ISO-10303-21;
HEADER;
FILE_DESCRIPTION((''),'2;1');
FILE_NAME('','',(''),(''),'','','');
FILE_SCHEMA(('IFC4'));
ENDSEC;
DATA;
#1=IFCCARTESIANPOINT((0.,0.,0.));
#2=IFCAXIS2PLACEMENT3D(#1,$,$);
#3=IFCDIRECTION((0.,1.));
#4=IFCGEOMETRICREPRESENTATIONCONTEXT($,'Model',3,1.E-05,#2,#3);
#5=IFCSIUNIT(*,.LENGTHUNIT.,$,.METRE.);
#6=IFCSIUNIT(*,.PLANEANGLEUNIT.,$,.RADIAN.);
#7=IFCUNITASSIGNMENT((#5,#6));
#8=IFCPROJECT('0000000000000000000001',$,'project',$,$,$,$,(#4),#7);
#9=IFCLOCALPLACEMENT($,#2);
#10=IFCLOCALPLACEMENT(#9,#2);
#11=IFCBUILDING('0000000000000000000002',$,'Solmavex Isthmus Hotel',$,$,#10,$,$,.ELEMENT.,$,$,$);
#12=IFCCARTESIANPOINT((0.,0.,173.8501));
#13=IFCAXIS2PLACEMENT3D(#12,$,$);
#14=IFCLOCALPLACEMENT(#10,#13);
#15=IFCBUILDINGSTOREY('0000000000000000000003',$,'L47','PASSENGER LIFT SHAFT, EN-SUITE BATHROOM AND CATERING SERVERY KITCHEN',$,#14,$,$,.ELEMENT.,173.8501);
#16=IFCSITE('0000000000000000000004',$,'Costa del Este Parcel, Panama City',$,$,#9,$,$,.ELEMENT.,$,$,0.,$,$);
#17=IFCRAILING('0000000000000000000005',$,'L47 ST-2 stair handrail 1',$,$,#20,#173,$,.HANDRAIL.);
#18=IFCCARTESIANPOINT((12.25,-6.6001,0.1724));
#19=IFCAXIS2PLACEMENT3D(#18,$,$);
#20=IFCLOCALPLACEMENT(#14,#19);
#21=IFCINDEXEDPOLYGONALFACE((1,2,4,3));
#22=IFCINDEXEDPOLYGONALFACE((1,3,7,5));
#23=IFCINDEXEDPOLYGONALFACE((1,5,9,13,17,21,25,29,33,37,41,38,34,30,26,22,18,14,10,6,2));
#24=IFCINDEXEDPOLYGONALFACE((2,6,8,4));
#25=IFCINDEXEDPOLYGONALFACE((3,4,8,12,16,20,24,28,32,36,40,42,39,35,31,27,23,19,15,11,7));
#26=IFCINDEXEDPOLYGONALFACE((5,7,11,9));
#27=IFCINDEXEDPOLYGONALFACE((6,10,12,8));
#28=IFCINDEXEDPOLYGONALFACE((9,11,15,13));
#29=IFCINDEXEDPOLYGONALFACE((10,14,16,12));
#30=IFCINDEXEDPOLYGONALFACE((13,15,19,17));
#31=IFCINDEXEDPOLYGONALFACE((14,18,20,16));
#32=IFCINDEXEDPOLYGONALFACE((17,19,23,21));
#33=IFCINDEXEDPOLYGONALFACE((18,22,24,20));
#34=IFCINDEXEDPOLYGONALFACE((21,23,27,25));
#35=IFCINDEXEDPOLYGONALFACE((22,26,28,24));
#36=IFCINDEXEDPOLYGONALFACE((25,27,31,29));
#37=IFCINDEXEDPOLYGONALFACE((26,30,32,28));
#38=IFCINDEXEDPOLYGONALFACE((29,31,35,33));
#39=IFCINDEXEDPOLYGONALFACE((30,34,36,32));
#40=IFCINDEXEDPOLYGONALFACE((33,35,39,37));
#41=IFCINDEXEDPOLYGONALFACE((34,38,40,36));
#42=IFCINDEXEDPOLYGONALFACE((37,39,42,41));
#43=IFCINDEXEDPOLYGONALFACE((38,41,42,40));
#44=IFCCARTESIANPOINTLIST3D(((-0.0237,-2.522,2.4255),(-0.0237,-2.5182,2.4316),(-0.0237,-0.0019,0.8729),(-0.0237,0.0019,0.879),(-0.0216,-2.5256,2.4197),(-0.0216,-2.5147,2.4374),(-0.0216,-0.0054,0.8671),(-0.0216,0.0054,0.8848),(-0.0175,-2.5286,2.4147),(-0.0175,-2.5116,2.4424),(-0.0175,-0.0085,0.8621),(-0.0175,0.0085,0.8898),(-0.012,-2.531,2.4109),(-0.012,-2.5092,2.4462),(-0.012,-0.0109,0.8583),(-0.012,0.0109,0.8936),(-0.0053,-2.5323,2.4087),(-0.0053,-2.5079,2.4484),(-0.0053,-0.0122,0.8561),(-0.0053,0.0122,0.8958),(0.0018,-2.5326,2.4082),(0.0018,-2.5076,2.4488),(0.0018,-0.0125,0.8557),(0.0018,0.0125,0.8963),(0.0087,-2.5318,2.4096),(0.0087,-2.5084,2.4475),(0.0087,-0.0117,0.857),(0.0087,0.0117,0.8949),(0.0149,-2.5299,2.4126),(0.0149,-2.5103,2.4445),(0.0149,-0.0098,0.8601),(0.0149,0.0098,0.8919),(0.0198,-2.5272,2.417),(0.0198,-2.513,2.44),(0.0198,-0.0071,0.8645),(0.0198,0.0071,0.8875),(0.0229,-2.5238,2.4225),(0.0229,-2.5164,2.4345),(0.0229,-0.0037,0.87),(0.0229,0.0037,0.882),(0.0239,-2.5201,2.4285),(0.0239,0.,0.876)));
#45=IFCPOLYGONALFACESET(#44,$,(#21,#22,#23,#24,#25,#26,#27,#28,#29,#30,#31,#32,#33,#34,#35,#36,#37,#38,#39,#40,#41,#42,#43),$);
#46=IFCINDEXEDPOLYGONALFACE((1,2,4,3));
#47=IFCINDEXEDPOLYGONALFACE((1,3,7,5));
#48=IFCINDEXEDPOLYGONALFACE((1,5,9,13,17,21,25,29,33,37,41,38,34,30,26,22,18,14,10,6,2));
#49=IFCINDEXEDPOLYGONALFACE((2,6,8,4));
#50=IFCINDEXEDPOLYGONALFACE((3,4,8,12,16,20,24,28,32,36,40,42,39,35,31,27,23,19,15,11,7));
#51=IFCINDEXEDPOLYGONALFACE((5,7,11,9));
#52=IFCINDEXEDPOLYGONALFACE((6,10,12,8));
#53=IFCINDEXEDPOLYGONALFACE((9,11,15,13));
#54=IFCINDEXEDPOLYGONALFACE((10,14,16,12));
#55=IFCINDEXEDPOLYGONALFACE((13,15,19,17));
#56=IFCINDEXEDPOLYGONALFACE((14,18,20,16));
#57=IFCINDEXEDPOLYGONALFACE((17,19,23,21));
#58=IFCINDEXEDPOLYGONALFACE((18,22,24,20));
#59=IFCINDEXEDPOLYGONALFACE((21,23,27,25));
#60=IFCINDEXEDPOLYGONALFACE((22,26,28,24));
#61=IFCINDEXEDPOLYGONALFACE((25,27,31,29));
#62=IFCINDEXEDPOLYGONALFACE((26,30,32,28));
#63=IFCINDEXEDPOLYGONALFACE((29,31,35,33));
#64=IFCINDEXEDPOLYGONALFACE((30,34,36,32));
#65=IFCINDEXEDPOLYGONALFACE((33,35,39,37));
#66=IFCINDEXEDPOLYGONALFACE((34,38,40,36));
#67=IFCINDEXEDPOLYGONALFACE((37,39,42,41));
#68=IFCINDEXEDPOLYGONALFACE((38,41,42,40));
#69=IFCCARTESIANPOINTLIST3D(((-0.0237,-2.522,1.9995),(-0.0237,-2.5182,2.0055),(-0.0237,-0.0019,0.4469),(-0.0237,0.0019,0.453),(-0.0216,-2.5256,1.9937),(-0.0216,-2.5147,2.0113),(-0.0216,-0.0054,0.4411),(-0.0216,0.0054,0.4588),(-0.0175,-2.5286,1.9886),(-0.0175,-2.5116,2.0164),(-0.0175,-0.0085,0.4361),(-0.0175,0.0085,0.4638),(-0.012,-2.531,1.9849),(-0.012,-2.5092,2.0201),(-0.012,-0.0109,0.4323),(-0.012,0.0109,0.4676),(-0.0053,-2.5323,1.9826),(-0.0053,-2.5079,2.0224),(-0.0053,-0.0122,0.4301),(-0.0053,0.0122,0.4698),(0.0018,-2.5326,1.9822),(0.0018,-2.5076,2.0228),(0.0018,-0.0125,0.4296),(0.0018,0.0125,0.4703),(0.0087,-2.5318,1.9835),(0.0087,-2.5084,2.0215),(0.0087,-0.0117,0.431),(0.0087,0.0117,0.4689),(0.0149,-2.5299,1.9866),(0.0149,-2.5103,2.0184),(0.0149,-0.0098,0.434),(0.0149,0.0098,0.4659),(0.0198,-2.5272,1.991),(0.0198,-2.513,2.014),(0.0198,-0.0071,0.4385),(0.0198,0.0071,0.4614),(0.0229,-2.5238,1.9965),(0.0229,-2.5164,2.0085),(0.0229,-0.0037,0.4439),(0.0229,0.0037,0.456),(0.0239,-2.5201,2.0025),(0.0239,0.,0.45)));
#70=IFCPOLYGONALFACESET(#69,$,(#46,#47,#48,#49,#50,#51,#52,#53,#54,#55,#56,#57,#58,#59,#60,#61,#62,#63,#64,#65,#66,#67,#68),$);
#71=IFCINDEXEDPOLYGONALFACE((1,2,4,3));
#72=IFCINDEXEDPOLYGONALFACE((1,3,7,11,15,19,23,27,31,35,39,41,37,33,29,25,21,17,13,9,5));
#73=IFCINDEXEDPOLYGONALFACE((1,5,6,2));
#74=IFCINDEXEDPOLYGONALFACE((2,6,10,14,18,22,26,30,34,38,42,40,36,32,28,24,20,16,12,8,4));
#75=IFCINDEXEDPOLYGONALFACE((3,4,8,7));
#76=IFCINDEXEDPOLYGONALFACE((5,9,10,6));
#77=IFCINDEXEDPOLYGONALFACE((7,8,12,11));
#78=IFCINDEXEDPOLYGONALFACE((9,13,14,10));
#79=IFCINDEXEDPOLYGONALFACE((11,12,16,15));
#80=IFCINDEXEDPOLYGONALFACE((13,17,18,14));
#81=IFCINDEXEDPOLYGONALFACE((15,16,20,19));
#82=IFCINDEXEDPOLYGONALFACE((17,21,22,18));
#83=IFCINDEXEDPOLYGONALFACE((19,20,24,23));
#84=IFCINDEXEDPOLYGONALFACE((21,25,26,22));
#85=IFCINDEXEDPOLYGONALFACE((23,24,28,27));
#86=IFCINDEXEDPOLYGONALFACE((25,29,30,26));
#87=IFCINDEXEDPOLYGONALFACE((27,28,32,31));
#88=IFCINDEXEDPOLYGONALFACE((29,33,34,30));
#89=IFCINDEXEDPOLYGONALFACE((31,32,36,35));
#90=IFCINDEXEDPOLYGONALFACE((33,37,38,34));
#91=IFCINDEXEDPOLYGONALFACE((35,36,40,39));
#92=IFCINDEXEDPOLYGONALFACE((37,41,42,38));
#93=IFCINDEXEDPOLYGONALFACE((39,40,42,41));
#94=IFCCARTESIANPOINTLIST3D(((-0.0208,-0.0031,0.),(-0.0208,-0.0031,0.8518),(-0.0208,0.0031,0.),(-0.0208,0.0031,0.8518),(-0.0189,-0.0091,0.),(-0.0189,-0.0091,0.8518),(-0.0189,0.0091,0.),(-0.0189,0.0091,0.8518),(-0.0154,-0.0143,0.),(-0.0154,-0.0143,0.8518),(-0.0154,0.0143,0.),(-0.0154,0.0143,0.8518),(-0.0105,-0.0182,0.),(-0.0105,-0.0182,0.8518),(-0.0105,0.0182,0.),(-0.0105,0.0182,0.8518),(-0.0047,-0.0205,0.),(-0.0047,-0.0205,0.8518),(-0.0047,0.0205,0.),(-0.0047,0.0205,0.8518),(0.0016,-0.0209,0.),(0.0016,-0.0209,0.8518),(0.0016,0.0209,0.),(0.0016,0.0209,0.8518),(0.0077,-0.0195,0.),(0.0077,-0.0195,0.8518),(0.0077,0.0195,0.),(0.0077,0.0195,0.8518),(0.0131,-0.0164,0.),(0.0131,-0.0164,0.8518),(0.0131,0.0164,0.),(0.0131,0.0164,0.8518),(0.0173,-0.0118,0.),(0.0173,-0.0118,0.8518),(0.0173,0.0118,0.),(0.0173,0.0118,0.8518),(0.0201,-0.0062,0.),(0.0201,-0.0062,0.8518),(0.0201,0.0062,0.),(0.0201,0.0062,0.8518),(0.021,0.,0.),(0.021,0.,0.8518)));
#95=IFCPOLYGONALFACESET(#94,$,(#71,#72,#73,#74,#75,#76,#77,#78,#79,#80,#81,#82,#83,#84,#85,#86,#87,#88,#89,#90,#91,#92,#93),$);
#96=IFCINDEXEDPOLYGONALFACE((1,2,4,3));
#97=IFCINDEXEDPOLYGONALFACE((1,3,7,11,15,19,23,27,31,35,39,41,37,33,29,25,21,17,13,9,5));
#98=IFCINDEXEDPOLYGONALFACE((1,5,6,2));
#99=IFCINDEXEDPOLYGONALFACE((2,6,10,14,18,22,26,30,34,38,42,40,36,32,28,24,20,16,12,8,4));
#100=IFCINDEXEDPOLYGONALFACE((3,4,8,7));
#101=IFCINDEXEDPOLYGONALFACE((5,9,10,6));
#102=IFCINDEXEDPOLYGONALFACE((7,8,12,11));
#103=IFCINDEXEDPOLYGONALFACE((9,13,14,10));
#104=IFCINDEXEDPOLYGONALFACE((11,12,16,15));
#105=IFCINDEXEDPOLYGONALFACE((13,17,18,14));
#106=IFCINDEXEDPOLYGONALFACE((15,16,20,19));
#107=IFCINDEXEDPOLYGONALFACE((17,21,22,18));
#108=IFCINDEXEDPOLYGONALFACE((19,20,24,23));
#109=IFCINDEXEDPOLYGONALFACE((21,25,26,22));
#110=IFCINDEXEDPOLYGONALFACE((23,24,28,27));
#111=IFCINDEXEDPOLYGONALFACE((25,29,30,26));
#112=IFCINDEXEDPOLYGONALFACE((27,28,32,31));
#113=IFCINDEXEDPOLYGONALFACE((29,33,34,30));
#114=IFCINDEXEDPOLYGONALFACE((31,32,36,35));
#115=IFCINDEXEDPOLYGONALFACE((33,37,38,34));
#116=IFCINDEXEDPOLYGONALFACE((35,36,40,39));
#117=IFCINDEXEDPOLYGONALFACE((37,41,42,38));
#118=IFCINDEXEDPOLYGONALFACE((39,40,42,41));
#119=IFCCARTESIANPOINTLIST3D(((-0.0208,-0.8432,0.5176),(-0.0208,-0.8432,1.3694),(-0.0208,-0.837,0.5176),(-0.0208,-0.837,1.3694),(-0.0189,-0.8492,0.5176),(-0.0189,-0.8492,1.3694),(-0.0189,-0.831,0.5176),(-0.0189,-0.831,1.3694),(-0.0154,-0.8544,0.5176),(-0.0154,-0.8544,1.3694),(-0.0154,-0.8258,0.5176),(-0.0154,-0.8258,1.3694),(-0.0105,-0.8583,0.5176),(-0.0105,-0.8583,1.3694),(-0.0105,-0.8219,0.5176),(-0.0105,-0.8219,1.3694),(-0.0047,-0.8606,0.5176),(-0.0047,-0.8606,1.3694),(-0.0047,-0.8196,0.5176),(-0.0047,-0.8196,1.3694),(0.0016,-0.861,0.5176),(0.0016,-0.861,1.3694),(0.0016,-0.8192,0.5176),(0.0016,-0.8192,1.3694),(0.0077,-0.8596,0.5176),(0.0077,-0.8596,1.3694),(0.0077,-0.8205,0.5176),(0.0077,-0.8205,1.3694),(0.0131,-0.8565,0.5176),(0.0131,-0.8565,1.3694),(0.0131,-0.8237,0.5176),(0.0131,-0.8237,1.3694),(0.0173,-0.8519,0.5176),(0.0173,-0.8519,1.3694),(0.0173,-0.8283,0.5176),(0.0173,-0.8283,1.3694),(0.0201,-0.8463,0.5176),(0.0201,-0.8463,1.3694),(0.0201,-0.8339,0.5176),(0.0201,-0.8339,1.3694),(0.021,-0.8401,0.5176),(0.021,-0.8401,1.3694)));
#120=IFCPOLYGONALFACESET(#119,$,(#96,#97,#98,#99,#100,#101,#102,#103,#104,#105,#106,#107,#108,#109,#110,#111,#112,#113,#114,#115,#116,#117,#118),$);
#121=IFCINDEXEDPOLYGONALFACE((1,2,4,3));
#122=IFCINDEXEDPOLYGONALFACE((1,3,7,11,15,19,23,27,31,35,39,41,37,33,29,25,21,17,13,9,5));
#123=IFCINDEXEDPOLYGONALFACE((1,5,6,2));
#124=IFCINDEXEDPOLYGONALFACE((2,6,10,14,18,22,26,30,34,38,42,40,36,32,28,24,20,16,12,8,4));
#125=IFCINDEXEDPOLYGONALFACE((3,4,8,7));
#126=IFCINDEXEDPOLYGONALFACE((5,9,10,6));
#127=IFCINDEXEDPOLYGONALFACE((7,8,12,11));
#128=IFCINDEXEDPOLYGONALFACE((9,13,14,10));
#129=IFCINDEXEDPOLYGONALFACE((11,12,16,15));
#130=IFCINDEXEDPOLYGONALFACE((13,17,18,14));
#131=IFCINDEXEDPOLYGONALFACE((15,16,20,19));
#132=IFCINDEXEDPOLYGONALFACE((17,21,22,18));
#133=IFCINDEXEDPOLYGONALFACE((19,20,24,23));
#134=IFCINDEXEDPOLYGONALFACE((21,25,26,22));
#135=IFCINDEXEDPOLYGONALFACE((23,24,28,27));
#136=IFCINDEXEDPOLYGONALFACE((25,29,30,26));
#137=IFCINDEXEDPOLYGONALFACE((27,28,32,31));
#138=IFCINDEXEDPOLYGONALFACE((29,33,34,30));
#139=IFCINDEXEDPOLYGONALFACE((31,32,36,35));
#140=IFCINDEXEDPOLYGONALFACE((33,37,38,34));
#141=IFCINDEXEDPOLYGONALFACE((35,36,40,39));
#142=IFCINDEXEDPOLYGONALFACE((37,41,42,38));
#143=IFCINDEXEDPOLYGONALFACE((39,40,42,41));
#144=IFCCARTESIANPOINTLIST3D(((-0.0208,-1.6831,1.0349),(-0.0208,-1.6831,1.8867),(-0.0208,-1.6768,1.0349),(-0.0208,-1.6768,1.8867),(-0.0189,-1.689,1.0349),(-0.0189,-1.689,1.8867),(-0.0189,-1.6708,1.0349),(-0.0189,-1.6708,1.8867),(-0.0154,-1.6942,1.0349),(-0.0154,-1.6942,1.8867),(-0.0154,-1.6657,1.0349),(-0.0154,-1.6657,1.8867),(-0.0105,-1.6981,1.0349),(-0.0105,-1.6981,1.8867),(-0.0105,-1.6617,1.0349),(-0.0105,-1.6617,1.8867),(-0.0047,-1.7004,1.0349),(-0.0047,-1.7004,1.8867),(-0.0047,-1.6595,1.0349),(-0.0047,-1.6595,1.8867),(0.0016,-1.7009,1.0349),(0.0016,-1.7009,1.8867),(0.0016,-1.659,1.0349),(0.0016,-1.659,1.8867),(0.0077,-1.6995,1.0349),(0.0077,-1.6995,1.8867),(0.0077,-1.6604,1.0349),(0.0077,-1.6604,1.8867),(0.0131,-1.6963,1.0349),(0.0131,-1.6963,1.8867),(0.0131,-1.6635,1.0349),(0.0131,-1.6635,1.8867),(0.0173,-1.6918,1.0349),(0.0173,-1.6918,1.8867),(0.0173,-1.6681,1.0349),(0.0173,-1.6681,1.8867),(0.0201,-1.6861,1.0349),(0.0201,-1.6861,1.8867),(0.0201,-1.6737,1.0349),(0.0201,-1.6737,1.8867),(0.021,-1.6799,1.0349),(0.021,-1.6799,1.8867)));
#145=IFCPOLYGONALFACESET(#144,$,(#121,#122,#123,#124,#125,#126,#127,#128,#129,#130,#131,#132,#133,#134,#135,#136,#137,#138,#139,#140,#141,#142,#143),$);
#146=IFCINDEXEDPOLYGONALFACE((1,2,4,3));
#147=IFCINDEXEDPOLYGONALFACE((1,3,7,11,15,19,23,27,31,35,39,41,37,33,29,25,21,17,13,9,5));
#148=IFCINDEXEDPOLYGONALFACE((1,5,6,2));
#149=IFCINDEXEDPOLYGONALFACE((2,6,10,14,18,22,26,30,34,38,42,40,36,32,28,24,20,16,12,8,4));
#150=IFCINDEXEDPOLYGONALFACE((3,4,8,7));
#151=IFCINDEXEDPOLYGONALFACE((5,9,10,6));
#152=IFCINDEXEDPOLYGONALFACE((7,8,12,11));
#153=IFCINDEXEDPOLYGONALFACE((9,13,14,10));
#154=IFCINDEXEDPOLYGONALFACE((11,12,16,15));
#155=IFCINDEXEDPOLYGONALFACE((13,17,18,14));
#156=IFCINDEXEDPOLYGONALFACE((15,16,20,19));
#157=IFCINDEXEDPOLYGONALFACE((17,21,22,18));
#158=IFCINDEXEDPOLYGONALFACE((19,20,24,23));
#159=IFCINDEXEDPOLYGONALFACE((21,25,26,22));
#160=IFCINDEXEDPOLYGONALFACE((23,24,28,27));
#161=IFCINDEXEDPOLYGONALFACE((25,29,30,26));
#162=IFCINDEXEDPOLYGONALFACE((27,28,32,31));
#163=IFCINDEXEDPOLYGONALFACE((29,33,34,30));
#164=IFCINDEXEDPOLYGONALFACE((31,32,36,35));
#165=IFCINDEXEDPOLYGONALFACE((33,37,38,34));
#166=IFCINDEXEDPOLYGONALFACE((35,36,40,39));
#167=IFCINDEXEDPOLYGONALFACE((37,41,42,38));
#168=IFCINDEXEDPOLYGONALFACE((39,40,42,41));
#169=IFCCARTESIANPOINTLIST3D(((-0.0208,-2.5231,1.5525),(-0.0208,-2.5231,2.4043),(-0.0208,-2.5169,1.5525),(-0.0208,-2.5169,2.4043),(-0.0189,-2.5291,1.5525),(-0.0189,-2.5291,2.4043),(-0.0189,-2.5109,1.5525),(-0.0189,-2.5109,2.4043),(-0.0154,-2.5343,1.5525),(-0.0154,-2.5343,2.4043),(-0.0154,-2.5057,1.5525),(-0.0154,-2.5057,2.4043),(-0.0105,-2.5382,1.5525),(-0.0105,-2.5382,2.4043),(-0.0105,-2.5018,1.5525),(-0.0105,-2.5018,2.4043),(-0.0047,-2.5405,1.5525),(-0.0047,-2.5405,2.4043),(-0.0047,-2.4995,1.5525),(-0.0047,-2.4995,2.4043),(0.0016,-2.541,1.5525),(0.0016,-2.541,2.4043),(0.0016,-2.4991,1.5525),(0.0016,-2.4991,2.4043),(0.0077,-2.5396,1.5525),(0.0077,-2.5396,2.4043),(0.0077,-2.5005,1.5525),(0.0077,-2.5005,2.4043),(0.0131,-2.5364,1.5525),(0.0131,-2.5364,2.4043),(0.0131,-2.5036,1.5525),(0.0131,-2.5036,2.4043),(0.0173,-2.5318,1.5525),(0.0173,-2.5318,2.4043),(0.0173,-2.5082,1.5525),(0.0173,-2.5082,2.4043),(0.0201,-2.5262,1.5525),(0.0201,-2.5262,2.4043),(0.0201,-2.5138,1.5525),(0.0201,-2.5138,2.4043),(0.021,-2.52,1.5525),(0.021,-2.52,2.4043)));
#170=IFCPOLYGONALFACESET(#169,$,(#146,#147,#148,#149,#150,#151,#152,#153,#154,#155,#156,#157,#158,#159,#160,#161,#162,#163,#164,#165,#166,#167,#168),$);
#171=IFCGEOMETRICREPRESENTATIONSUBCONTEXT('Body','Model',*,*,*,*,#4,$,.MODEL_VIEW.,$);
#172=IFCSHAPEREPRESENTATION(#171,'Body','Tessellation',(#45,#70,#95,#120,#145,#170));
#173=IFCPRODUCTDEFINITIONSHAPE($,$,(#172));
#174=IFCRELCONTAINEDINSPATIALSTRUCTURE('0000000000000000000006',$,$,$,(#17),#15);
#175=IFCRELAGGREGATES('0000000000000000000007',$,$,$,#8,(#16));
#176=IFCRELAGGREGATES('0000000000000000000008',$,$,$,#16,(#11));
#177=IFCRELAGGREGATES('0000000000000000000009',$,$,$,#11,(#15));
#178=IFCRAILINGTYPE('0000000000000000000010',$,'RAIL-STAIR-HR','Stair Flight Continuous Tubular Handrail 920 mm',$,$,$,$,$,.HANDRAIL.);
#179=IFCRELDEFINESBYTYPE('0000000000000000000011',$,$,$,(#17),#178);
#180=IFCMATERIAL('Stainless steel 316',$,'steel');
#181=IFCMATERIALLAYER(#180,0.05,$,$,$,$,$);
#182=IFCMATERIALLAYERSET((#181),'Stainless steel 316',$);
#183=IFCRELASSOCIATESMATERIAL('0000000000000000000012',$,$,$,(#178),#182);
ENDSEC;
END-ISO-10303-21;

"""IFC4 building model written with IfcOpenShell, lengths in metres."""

from ifc_helpers import new_model, si_unit, direction, frame, origin, origin_2d, place, context, subcontext, project, spatial, circle, extrude, material, layer, layer_set, type_object, element, save


model = new_model("IFC4")

# Units and contexts
model_context = context("Model", 3, precision=1e-05, world=origin(), true_north=direction((0.0, 1.0)))
body_context = subcontext(model_context, "Body", "Model", "MODEL_VIEW")
ifc_project = project(units=[si_unit("LENGTHUNIT", "METRE"), si_unit("PLANEANGLEUNIT", "RADIAN")], contexts=[model_context])

# Site, building, storey
site_placement = place(None, origin())
site = spatial("IfcSite", under=ifc_project, at=site_placement, Name="Costa del Este Parcel, Panama City", CompositionType="ELEMENT", RefElevation=0.0)
building_placement = place(site_placement, origin())
building = spatial("IfcBuilding", under=site, at=building_placement, Name="Solmavex Isthmus Hotel", CompositionType="ELEMENT")
storey_placement = place(building_placement, frame((0.0, 0.0, 173.8501)))
storey = spatial("IfcBuildingStorey", under=building, at=storey_placement, Name="L47", Description="PASSENGER LIFT SHAFT, EN-SUITE BATHROOM AND CATERING SERVERY KITCHEN", CompositionType="ELEMENT", Elevation=173.8501)

# Shared definitions
ifc_material_1 = material(Name="Stainless steel 316", Category="steel")

# Railing
ifc_layer_1 = layer(ifc_material_1, 0.05)
ifc_layer_set_1 = layer_set([ifc_layer_1], Name="Stainless steel 316")
railing_type_1 = type_object("IfcRailingType", Name="RAIL-STAIR-HR", Description="Stair Flight Continuous Tubular Handrail 920 mm", PredefinedType="HANDRAIL", material=ifc_layer_set_1)
railing_1_placement = place(storey_placement, frame((12.25, -6.6001, 0.1724)))
element("IfcRailing", 1, at=railing_1_placement, inside=storey, type_object=railing_type_1, Name="L47 ST-2 stair handrail 1", PredefinedType="HANDRAIL", context=body_context, shape_type="SweptSolid", body=[
    extrude(circle(Radius=0.0239, at=origin_2d()), frame((0.0, 0.0, 0.876), z_axis=(0.0, -0.8514, 0.524516), x_axis=(1.0, 0.0, 0.0)), (0.0, 0.0, 1.0), 2.96),
    extrude(circle(Radius=0.0239, at=origin_2d()), frame((0.0, 0.0, 0.45), z_axis=(0.0, -0.8514, 0.524516), x_axis=(1.0, 0.0, 0.0)), (0.0, 0.0, 1.0), 2.96),
    extrude(circle(Radius=0.021, at=origin_2d()), origin(), (0.0, 0.0, 1.0), 0.8518),
    extrude(circle(Radius=0.021, at=origin_2d()), frame((0.0, -0.8401, 0.5176)), (0.0, 0.0, 1.0), 0.8518),
    extrude(circle(Radius=0.021, at=origin_2d()), frame((0.0, -1.6799, 1.0349)), (0.0, 0.0, 1.0), 0.8518),
    extrude(circle(Radius=0.021, at=origin_2d()), frame((0.0, -2.52, 1.5525)), (0.0, 0.0, 1.0), 0.8518),
])

save(model, "model.ifc")
